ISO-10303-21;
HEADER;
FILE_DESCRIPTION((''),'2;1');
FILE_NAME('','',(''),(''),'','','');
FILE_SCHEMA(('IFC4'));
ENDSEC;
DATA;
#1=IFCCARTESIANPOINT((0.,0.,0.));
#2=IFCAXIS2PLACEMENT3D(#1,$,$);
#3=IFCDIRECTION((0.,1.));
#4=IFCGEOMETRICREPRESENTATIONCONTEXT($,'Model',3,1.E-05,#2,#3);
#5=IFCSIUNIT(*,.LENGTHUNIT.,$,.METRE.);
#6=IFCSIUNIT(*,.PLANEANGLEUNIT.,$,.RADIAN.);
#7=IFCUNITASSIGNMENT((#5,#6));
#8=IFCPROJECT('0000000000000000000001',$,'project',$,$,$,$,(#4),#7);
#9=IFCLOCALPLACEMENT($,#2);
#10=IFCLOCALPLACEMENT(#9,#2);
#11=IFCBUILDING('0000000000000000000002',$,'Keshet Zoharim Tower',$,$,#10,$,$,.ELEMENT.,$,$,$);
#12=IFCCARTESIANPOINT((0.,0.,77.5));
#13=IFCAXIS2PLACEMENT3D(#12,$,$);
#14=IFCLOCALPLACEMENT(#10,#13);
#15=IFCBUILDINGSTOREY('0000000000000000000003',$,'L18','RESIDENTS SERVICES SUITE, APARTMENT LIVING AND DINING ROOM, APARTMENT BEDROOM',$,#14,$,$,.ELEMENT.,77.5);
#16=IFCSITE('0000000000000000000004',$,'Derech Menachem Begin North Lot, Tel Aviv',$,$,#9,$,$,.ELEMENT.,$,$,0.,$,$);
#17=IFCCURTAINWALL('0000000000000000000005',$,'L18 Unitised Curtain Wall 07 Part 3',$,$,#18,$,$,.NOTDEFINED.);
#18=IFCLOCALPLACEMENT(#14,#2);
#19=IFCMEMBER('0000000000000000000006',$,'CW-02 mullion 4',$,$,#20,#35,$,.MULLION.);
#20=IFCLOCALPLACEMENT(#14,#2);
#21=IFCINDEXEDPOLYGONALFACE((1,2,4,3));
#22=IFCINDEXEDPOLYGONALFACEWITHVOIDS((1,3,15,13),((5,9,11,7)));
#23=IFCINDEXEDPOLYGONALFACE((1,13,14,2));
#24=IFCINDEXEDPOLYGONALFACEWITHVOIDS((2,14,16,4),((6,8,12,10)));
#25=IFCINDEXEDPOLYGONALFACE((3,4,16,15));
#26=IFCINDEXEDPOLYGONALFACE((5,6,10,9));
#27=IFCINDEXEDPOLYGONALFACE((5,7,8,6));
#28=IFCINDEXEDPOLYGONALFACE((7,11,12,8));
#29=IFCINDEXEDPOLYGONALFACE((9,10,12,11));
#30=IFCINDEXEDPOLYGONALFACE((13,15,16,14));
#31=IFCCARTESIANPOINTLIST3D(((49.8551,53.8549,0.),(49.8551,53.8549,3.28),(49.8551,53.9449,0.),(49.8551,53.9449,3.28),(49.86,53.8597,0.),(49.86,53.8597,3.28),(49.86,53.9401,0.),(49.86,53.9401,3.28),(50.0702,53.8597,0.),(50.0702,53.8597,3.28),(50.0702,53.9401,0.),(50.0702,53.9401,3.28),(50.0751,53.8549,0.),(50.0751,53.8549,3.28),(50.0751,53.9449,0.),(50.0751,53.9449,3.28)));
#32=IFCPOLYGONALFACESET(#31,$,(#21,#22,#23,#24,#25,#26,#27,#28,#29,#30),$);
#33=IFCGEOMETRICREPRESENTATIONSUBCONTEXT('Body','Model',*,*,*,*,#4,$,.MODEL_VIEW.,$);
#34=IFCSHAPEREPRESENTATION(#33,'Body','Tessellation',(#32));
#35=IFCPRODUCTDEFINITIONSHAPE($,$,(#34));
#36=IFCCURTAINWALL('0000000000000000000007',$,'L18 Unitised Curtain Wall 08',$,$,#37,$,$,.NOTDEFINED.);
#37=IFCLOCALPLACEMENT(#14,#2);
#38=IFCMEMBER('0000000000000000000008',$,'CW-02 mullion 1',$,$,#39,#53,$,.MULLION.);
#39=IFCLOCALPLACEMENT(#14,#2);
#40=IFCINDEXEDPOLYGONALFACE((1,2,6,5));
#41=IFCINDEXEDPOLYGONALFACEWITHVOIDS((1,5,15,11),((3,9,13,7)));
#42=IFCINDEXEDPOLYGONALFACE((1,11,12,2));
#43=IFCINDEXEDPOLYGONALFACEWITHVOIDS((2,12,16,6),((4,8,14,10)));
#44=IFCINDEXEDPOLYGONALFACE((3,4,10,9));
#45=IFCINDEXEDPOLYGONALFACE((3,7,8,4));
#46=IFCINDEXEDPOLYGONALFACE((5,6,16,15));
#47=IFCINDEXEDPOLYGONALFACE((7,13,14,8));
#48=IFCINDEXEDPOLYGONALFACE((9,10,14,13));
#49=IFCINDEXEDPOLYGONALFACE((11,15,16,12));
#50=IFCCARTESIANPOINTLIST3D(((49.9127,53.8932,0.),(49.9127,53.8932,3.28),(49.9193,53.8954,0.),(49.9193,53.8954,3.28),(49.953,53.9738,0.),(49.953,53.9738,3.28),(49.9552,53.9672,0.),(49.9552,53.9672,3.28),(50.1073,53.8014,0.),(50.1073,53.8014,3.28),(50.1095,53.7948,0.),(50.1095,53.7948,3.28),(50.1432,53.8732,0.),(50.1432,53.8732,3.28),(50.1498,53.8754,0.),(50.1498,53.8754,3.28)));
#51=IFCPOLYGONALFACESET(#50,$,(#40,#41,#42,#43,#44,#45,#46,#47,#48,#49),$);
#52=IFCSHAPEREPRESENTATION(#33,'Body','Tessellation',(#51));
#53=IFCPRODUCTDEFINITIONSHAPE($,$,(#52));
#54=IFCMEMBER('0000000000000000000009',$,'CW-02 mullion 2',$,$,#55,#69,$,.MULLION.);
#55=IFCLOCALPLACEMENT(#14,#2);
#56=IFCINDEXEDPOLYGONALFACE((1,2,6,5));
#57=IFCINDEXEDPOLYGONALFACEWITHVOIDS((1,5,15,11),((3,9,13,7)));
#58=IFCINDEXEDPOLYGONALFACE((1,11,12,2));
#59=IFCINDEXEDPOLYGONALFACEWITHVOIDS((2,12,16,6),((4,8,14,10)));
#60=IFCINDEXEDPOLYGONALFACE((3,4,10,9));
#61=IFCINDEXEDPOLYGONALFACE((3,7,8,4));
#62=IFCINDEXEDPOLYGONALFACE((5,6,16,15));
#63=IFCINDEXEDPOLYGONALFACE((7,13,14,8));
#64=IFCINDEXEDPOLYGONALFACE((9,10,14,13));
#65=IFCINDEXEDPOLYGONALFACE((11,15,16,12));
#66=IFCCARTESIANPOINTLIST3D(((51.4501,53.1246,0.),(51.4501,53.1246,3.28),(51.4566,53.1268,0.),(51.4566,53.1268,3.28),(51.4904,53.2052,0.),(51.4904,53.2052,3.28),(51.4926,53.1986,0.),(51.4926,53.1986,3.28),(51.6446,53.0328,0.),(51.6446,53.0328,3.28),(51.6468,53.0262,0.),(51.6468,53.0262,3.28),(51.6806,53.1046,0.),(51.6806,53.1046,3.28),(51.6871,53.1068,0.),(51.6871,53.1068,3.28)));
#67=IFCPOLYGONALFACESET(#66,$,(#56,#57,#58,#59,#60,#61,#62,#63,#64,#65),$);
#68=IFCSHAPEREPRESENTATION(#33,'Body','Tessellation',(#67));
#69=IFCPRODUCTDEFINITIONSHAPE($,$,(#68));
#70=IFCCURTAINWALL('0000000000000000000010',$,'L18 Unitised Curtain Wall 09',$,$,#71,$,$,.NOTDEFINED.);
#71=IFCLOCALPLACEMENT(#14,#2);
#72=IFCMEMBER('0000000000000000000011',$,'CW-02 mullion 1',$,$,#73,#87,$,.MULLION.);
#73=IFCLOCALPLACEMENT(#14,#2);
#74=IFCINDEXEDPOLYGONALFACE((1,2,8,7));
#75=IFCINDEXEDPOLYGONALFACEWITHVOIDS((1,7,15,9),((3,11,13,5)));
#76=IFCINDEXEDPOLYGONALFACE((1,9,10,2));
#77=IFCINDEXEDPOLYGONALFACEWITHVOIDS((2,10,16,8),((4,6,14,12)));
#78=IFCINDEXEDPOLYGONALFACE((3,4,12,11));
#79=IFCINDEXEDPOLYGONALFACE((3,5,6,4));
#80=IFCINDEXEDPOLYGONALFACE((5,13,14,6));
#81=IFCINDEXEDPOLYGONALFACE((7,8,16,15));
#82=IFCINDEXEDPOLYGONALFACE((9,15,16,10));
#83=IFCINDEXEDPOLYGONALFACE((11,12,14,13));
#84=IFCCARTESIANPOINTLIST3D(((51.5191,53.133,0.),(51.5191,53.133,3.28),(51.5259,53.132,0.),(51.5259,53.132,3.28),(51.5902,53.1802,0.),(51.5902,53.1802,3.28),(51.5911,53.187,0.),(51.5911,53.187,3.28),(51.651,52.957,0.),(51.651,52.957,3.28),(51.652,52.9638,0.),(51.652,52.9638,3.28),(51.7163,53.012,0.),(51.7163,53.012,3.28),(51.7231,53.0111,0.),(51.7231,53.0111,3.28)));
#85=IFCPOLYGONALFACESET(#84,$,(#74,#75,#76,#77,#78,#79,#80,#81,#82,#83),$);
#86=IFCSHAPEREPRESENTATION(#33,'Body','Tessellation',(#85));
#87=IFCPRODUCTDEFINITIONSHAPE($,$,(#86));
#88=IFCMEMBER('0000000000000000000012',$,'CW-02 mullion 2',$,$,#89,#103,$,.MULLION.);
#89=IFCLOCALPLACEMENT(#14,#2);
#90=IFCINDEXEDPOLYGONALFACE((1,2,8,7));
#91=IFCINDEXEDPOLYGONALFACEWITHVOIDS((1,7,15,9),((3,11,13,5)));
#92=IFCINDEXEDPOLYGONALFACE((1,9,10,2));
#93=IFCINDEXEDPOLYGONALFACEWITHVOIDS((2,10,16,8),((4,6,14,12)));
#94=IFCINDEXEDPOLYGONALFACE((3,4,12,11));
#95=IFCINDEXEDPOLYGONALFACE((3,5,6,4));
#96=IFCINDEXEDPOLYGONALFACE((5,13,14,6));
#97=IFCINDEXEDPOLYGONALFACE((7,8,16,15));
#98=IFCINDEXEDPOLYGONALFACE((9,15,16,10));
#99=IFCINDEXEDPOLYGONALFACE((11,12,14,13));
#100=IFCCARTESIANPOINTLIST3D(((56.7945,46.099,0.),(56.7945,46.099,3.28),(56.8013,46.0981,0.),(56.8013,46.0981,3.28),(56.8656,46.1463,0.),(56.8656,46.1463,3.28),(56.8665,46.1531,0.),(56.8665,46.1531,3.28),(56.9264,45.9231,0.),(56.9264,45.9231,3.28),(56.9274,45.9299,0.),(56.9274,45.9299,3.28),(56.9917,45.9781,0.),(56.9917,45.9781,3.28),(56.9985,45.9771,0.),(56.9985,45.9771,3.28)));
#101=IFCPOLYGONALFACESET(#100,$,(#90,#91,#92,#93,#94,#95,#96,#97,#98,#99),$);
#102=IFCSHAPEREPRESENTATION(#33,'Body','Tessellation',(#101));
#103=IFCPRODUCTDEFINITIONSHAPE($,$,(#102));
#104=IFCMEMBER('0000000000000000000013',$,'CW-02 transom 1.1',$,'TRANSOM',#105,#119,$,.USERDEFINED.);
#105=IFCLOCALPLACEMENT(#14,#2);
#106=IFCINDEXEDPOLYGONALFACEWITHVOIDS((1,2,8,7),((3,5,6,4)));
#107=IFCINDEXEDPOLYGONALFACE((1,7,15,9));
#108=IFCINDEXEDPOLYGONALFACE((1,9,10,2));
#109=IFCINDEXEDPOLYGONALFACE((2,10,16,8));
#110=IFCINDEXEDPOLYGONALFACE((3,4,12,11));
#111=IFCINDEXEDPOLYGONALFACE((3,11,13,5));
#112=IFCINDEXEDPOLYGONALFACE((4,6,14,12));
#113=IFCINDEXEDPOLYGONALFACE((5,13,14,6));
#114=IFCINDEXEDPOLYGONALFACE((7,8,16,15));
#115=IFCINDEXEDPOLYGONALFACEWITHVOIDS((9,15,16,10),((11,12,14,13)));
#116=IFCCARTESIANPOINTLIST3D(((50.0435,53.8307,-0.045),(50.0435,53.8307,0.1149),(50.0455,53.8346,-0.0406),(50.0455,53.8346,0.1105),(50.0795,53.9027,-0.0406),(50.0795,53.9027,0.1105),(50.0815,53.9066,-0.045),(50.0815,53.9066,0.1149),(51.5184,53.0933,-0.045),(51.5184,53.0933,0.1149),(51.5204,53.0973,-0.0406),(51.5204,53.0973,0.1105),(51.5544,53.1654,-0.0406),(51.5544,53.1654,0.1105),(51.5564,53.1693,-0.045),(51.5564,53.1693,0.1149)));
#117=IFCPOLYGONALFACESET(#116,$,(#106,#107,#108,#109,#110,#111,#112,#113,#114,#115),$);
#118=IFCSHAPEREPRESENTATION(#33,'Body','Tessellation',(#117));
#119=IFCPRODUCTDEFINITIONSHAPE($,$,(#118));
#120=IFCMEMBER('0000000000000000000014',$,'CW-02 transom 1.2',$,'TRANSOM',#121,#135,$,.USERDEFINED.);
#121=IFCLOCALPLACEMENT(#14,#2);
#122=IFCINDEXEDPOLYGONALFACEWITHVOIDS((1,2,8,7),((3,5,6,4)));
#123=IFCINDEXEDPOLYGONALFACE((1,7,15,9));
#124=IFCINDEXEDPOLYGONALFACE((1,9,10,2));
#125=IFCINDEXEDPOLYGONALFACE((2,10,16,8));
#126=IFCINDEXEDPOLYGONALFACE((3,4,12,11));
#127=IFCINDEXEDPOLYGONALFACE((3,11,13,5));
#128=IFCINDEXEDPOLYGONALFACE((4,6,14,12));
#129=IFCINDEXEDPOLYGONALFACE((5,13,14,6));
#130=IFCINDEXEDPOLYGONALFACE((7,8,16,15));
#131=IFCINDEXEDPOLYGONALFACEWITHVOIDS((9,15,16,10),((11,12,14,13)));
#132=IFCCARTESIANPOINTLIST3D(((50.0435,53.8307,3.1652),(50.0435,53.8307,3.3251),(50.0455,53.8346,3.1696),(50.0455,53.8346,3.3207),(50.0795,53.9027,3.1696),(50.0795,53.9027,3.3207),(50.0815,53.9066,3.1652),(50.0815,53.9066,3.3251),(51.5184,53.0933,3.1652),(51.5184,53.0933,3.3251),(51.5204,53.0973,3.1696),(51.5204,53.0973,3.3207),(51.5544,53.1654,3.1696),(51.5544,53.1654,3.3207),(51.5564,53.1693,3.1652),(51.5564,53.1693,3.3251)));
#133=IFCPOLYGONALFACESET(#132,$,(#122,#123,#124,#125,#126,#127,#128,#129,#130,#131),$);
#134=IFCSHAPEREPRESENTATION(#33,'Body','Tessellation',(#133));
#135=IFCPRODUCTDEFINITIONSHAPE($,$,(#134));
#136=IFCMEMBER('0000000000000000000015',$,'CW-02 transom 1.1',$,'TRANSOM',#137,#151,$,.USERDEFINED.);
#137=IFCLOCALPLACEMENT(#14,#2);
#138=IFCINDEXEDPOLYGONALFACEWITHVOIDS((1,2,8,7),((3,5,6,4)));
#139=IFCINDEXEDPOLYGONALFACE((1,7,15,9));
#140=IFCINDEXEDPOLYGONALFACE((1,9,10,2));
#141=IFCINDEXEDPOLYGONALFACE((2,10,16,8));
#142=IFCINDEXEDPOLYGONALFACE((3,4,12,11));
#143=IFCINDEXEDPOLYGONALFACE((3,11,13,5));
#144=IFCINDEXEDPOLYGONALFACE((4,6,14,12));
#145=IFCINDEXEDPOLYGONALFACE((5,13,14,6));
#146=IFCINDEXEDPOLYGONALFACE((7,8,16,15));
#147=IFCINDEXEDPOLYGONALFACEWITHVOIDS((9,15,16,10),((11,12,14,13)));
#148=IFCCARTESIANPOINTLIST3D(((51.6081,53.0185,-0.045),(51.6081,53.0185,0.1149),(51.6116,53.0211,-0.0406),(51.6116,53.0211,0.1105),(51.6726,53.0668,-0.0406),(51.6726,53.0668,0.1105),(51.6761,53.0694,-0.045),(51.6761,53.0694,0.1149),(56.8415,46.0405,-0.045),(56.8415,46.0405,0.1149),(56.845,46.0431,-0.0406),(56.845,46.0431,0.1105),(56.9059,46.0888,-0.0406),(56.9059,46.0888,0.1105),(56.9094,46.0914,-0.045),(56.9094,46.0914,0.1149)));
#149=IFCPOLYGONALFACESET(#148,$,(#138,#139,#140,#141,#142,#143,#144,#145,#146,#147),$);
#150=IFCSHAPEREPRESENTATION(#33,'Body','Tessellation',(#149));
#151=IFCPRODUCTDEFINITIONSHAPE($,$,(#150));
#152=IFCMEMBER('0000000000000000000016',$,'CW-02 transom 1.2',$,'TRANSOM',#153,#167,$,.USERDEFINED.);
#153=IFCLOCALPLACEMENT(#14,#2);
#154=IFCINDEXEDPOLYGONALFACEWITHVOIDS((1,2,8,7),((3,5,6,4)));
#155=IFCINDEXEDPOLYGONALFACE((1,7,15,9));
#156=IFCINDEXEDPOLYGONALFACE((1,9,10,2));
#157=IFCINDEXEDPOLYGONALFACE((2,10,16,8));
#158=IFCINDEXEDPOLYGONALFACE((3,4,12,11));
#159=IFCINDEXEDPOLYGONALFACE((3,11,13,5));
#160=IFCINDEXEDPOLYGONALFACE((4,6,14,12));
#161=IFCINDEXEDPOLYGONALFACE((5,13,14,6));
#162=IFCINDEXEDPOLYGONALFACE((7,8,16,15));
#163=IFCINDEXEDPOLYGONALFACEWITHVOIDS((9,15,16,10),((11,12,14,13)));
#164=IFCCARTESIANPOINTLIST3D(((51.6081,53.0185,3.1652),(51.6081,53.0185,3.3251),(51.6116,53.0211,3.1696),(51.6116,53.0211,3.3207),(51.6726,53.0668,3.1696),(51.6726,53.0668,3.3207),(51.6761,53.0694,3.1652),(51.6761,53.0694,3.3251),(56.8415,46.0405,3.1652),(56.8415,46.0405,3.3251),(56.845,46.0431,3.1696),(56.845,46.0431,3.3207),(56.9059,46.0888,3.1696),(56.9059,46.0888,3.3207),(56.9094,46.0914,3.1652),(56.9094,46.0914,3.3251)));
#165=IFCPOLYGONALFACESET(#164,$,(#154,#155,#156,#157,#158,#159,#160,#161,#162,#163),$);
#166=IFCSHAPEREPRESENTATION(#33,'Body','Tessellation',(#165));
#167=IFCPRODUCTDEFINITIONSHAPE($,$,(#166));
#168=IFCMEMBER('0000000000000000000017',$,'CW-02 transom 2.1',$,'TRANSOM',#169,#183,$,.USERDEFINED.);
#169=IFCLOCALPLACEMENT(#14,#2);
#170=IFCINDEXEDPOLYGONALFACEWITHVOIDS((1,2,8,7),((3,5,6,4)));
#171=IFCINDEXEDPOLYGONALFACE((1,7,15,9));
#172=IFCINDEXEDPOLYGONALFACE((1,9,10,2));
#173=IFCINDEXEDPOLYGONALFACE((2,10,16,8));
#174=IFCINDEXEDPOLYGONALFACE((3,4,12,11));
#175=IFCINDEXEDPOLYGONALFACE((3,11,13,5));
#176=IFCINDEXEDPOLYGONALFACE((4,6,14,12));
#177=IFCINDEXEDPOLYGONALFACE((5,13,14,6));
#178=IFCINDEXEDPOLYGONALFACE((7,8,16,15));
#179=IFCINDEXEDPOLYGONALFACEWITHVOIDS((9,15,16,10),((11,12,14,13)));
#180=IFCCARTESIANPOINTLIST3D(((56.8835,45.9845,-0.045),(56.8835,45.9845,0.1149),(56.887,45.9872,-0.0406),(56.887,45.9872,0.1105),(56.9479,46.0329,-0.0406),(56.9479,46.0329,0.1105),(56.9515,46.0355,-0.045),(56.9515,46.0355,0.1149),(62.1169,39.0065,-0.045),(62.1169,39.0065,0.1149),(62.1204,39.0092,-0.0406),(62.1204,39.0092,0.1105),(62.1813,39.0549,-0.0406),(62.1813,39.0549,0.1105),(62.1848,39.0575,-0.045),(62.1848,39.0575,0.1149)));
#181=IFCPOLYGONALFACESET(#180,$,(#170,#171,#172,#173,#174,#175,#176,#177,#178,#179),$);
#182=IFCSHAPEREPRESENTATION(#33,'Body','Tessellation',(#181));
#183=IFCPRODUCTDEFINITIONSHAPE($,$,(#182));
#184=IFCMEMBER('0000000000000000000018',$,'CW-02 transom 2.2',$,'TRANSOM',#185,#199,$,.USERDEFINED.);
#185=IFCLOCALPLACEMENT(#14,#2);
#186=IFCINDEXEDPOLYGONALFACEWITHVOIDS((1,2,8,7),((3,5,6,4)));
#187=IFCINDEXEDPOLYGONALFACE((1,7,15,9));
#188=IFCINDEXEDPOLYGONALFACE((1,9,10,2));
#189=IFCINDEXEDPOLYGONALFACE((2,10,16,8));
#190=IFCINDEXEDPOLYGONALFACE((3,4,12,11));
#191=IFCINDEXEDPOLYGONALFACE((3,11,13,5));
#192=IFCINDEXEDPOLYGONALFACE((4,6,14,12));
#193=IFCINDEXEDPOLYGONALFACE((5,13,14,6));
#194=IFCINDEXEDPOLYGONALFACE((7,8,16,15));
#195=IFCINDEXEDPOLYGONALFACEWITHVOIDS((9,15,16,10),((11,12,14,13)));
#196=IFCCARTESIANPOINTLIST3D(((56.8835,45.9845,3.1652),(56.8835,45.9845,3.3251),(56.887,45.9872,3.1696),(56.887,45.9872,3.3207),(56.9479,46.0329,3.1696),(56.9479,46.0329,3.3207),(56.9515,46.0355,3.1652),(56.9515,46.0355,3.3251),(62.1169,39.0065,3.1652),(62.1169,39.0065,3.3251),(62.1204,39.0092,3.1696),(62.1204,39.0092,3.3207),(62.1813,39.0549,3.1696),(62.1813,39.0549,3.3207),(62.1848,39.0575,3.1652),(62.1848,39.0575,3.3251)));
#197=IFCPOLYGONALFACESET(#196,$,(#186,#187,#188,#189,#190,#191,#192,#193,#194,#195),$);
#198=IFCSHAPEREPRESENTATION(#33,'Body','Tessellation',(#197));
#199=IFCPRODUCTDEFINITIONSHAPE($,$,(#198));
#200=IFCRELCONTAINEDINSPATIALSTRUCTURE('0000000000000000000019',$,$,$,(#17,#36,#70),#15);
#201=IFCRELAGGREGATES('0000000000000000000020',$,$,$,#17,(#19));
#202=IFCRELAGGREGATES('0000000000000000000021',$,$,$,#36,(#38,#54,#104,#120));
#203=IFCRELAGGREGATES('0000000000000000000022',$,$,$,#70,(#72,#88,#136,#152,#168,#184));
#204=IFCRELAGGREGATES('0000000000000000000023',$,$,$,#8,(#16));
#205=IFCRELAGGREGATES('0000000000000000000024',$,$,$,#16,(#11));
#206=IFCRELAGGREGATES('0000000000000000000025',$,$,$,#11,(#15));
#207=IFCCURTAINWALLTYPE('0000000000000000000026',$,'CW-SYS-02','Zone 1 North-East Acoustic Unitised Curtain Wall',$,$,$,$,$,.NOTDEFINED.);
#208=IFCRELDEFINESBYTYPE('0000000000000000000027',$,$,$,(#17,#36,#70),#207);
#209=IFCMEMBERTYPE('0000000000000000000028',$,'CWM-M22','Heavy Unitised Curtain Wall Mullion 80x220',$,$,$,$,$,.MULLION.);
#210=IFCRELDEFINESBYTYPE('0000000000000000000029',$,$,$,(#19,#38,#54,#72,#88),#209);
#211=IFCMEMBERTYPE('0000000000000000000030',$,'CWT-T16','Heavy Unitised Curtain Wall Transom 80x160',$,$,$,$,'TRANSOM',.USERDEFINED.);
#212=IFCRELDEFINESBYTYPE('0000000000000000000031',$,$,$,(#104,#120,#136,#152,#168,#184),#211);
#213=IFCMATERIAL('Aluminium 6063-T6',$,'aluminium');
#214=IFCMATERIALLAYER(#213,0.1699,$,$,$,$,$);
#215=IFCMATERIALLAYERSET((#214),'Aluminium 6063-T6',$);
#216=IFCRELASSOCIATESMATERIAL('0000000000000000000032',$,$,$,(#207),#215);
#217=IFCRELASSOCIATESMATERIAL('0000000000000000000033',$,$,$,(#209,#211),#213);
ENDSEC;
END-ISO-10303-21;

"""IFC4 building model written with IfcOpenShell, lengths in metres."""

from ifc_helpers import new_model, si_unit, direction, frame, origin, origin_2d, place, context, subcontext, project, spatial, hollow_rectangle, extrude, material, layer, layer_set, material_profile, profile_set, type_object, element, aggregate, save


model = new_model("IFC4")

# Units and contexts
model_context = context("Model", 3, precision=1e-05, world=origin(), true_north=direction((0.0, 1.0)))
body_context = subcontext(model_context, "Body", "Model", "MODEL_VIEW")
ifc_project = project(units=[si_unit("LENGTHUNIT", "METRE"), si_unit("PLANEANGLEUNIT", "RADIAN")], contexts=[model_context])

# Site, building, storey
site_placement = place(None, origin())
site = spatial("IfcSite", under=ifc_project, at=site_placement, Name="Derech Menachem Begin North Lot, Tel Aviv", CompositionType="ELEMENT", RefElevation=0.0)
building_placement = place(site_placement, origin())
building = spatial("IfcBuilding", under=site, at=building_placement, Name="Keshet Zoharim Tower", CompositionType="ELEMENT")
storey_placement = place(building_placement, frame((0.0, 0.0, 77.5)))
storey = spatial("IfcBuildingStorey", under=building, at=storey_placement, Name="L18", Description="RESIDENTS SERVICES SUITE, APARTMENT LIVING AND DINING ROOM, APARTMENT BEDROOM", CompositionType="ELEMENT", Elevation=77.5)

# Curtain wall, member
ifc_material_1 = material(Name="Aluminium 6063-T6", Category="aluminium")
ifc_layer_1 = layer(ifc_material_1, 0.1699)
ifc_layer_set_1 = layer_set([ifc_layer_1], Name="Aluminium 6063-T6")
curtain_wall_type = type_object("IfcCurtainWallType", Name="CW-SYS-02", Description="Zone 1 North-East Acoustic Unitised Curtain Wall", PredefinedType="NOTDEFINED", material=ifc_layer_set_1)
curtain_wall_1_placement = place(storey_placement, origin())
curtain_wall_1 = element("IfcCurtainWall", 1, at=curtain_wall_1_placement, inside=storey, type_object=curtain_wall_type, Name="L18 Unitised Curtain Wall 07 Part 3", PredefinedType="NOTDEFINED")
ifc_material_profile_1 = material_profile(ifc_material_1, hollow_rectangle(XDim=0.0901, YDim=0.22, WallThickness=0.0049, at=origin_2d()), Name="MUL-90x220")
ifc_profile_set_1 = profile_set([ifc_material_profile_1], Name="Aluminium 6063-T6")
member_type_1 = type_object("IfcMemberType", Name="CWM-M22", Description="Heavy Unitised Curtain Wall Mullion 80x220", PredefinedType="MULLION", material=ifc_profile_set_1)
member_1_placement = place(storey_placement, frame((49.9651, 53.8999, 0.0), z_axis=(0.0, 0.0, 1.0), x_axis=(0.0, 1.0, 0.0)))
member_1 = element("IfcMember", 2, at=member_1_placement, type_object=member_type_1, Name="CW-02 mullion 4", PredefinedType="MULLION", context=body_context, shape_type="SweptSolid", body=[
    extrude(hollow_rectangle(XDim=0.0901, YDim=0.22, WallThickness=0.0049, at=origin_2d()), origin(), (0.0, 0.0, 1.0), 3.28),
])
aggregate(curtain_wall_1, [member_1])

# Curtain walls, members
curtain_wall_2_placement = place(storey_placement, origin())
curtain_wall_2 = element("IfcCurtainWall", 3, at=curtain_wall_2_placement, inside=storey, type_object=curtain_wall_type, Name="L18 Unitised Curtain Wall 08", PredefinedType="NOTDEFINED")
member_2_placement = place(storey_placement, frame((50.0312, 53.8843, 0.0), z_axis=(0.0, 0.0, 1.0), x_axis=(0.447214, 0.894427, 0.0)))
member_2 = element("IfcMember", 4, at=member_2_placement, type_object=member_type_1, Name="CW-02 mullion 1", PredefinedType="MULLION", context=body_context, shape_type="SweptSolid", body=[
    extrude(hollow_rectangle(XDim=0.0901, YDim=0.22, WallThickness=0.0049, at=origin_2d()), origin(), (0.0, 0.0, 1.0), 3.28),
])
member_3_placement = place(storey_placement, frame((51.5686, 53.1157, 0.0), z_axis=(0.0, 0.0, 1.0), x_axis=(0.447214, 0.894427, 0.0)))
member_3 = element("IfcMember", 5, at=member_3_placement, type_object=member_type_1, Name="CW-02 mullion 2", PredefinedType="MULLION", context=body_context, shape_type="SweptSolid", body=[
    extrude(hollow_rectangle(XDim=0.0901, YDim=0.22, WallThickness=0.0049, at=origin_2d()), origin(), (0.0, 0.0, 1.0), 3.28),
])
curtain_wall_3_placement = place(storey_placement, origin())
curtain_wall_3 = element("IfcCurtainWall", 6, at=curtain_wall_3_placement, inside=storey, type_object=curtain_wall_type, Name="L18 Unitised Curtain Wall 09", PredefinedType="NOTDEFINED")
member_4_placement = place(storey_placement, frame((51.6211, 53.072, 0.0), z_axis=(0.0, 0.0, 1.0), x_axis=(0.8, 0.6, 0.0)))
member_4 = element("IfcMember", 7, at=member_4_placement, type_object=member_type_1, Name="CW-02 mullion 1", PredefinedType="MULLION", context=body_context, shape_type="SweptSolid", body=[
    extrude(hollow_rectangle(XDim=0.0901, YDim=0.22, WallThickness=0.0049, at=origin_2d()), origin(), (0.0, 0.0, 1.0), 3.28),
])
member_5_placement = place(storey_placement, frame((56.8965, 46.0381, 0.0), z_axis=(0.0, 0.0, 1.0), x_axis=(0.8, 0.6, 0.0)))
member_5 = element("IfcMember", 8, at=member_5_placement, type_object=member_type_1, Name="CW-02 mullion 2", PredefinedType="MULLION", context=body_context, shape_type="SweptSolid", body=[
    extrude(hollow_rectangle(XDim=0.0901, YDim=0.22, WallThickness=0.0049, at=origin_2d()), origin(), (0.0, 0.0, 1.0), 3.28),
])

# Members
ifc_material_profile_2 = material_profile(ifc_material_1, hollow_rectangle(XDim=0.085, YDim=0.1599, WallThickness=0.0044, at=origin_2d()), Name="TRN-85x160")
ifc_profile_set_2 = profile_set([ifc_material_profile_2], Name="Aluminium 6063-T6")
member_type_2 = type_object("IfcMemberType", Name="CWT-T16", Description="Heavy Unitised Curtain Wall Transom 80x160", ElementType="TRANSOM", PredefinedType="USERDEFINED", material=ifc_profile_set_2)
member_6_placement = place(storey_placement, frame((50.0625, 53.8687, 0.0349), z_axis=(0.894457, -0.447154, 0.0), x_axis=(0.447154, 0.894457, 0.0)))
member_6 = element("IfcMember", 9, at=member_6_placement, type_object=member_type_2, Name="CW-02 transom 1.1", ObjectType="TRANSOM", PredefinedType="USERDEFINED", context=body_context, shape_type="SweptSolid", body=[
    extrude(hollow_rectangle(XDim=0.085, YDim=0.1599, WallThickness=0.0044, at=origin_2d()), origin(), (0.0, 0.0, 1.0), 1.6489),
])
member_7_placement = place(storey_placement, frame((50.0625, 53.8687, 3.2451), z_axis=(0.894457, -0.447154, 0.0), x_axis=(0.447154, 0.894457, 0.0)))
member_7 = element("IfcMember", 10, at=member_7_placement, type_object=member_type_2, Name="CW-02 transom 1.2", ObjectType="TRANSOM", PredefinedType="USERDEFINED", context=body_context, shape_type="SweptSolid", body=[
    extrude(hollow_rectangle(XDim=0.085, YDim=0.1599, WallThickness=0.0044, at=origin_2d()), origin(), (0.0, 0.0, 1.0), 1.6489),
])
member_8_placement = place(storey_placement, frame((51.6421, 53.0439, 0.0349), z_axis=(0.599991, -0.800007, 0.0), x_axis=(0.800007, 0.599991, 0.0)))
member_8 = element("IfcMember", 11, at=member_8_placement, type_object=member_type_2, Name="CW-02 transom 1.1", ObjectType="TRANSOM", PredefinedType="USERDEFINED", context=body_context, shape_type="SweptSolid", body=[
    extrude(hollow_rectangle(XDim=0.085, YDim=0.1599, WallThickness=0.0044, at=origin_2d()), origin(), (0.0, 0.0, 1.0), 8.7224),
])
member_9_placement = place(storey_placement, frame((51.6421, 53.0439, 3.2451), z_axis=(0.599991, -0.800007, 0.0), x_axis=(0.800007, 0.599991, 0.0)))
member_9 = element("IfcMember", 12, at=member_9_placement, type_object=member_type_2, Name="CW-02 transom 1.2", ObjectType="TRANSOM", PredefinedType="USERDEFINED", context=body_context, shape_type="SweptSolid", body=[
    extrude(hollow_rectangle(XDim=0.085, YDim=0.1599, WallThickness=0.0044, at=origin_2d()), origin(), (0.0, 0.0, 1.0), 8.7224),
])
member_10_placement = place(storey_placement, frame((56.9175, 46.01, 0.0349), z_axis=(0.599991, -0.800007, 0.0), x_axis=(0.800007, 0.599991, 0.0)))
member_10 = element("IfcMember", 13, at=member_10_placement, type_object=member_type_2, Name="CW-02 transom 2.1", ObjectType="TRANSOM", PredefinedType="USERDEFINED", context=body_context, shape_type="SweptSolid", body=[
    extrude(hollow_rectangle(XDim=0.085, YDim=0.1599, WallThickness=0.0044, at=origin_2d()), origin(), (0.0, 0.0, 1.0), 8.7224),
])
member_11_placement = place(storey_placement, frame((56.9175, 46.01, 3.2451), z_axis=(0.599991, -0.800007, 0.0), x_axis=(0.800007, 0.599991, 0.0)))
member_11 = element("IfcMember", 14, at=member_11_placement, type_object=member_type_2, Name="CW-02 transom 2.2", ObjectType="TRANSOM", PredefinedType="USERDEFINED", context=body_context, shape_type="SweptSolid", body=[
    extrude(hollow_rectangle(XDim=0.085, YDim=0.1599, WallThickness=0.0044, at=origin_2d()), origin(), (0.0, 0.0, 1.0), 8.7224),
])

aggregate(curtain_wall_2, [member_2, member_3, member_6, member_7])
aggregate(curtain_wall_3, [member_4, member_5, member_8, member_9, member_10, member_11])

save(model, "model.ifc")
